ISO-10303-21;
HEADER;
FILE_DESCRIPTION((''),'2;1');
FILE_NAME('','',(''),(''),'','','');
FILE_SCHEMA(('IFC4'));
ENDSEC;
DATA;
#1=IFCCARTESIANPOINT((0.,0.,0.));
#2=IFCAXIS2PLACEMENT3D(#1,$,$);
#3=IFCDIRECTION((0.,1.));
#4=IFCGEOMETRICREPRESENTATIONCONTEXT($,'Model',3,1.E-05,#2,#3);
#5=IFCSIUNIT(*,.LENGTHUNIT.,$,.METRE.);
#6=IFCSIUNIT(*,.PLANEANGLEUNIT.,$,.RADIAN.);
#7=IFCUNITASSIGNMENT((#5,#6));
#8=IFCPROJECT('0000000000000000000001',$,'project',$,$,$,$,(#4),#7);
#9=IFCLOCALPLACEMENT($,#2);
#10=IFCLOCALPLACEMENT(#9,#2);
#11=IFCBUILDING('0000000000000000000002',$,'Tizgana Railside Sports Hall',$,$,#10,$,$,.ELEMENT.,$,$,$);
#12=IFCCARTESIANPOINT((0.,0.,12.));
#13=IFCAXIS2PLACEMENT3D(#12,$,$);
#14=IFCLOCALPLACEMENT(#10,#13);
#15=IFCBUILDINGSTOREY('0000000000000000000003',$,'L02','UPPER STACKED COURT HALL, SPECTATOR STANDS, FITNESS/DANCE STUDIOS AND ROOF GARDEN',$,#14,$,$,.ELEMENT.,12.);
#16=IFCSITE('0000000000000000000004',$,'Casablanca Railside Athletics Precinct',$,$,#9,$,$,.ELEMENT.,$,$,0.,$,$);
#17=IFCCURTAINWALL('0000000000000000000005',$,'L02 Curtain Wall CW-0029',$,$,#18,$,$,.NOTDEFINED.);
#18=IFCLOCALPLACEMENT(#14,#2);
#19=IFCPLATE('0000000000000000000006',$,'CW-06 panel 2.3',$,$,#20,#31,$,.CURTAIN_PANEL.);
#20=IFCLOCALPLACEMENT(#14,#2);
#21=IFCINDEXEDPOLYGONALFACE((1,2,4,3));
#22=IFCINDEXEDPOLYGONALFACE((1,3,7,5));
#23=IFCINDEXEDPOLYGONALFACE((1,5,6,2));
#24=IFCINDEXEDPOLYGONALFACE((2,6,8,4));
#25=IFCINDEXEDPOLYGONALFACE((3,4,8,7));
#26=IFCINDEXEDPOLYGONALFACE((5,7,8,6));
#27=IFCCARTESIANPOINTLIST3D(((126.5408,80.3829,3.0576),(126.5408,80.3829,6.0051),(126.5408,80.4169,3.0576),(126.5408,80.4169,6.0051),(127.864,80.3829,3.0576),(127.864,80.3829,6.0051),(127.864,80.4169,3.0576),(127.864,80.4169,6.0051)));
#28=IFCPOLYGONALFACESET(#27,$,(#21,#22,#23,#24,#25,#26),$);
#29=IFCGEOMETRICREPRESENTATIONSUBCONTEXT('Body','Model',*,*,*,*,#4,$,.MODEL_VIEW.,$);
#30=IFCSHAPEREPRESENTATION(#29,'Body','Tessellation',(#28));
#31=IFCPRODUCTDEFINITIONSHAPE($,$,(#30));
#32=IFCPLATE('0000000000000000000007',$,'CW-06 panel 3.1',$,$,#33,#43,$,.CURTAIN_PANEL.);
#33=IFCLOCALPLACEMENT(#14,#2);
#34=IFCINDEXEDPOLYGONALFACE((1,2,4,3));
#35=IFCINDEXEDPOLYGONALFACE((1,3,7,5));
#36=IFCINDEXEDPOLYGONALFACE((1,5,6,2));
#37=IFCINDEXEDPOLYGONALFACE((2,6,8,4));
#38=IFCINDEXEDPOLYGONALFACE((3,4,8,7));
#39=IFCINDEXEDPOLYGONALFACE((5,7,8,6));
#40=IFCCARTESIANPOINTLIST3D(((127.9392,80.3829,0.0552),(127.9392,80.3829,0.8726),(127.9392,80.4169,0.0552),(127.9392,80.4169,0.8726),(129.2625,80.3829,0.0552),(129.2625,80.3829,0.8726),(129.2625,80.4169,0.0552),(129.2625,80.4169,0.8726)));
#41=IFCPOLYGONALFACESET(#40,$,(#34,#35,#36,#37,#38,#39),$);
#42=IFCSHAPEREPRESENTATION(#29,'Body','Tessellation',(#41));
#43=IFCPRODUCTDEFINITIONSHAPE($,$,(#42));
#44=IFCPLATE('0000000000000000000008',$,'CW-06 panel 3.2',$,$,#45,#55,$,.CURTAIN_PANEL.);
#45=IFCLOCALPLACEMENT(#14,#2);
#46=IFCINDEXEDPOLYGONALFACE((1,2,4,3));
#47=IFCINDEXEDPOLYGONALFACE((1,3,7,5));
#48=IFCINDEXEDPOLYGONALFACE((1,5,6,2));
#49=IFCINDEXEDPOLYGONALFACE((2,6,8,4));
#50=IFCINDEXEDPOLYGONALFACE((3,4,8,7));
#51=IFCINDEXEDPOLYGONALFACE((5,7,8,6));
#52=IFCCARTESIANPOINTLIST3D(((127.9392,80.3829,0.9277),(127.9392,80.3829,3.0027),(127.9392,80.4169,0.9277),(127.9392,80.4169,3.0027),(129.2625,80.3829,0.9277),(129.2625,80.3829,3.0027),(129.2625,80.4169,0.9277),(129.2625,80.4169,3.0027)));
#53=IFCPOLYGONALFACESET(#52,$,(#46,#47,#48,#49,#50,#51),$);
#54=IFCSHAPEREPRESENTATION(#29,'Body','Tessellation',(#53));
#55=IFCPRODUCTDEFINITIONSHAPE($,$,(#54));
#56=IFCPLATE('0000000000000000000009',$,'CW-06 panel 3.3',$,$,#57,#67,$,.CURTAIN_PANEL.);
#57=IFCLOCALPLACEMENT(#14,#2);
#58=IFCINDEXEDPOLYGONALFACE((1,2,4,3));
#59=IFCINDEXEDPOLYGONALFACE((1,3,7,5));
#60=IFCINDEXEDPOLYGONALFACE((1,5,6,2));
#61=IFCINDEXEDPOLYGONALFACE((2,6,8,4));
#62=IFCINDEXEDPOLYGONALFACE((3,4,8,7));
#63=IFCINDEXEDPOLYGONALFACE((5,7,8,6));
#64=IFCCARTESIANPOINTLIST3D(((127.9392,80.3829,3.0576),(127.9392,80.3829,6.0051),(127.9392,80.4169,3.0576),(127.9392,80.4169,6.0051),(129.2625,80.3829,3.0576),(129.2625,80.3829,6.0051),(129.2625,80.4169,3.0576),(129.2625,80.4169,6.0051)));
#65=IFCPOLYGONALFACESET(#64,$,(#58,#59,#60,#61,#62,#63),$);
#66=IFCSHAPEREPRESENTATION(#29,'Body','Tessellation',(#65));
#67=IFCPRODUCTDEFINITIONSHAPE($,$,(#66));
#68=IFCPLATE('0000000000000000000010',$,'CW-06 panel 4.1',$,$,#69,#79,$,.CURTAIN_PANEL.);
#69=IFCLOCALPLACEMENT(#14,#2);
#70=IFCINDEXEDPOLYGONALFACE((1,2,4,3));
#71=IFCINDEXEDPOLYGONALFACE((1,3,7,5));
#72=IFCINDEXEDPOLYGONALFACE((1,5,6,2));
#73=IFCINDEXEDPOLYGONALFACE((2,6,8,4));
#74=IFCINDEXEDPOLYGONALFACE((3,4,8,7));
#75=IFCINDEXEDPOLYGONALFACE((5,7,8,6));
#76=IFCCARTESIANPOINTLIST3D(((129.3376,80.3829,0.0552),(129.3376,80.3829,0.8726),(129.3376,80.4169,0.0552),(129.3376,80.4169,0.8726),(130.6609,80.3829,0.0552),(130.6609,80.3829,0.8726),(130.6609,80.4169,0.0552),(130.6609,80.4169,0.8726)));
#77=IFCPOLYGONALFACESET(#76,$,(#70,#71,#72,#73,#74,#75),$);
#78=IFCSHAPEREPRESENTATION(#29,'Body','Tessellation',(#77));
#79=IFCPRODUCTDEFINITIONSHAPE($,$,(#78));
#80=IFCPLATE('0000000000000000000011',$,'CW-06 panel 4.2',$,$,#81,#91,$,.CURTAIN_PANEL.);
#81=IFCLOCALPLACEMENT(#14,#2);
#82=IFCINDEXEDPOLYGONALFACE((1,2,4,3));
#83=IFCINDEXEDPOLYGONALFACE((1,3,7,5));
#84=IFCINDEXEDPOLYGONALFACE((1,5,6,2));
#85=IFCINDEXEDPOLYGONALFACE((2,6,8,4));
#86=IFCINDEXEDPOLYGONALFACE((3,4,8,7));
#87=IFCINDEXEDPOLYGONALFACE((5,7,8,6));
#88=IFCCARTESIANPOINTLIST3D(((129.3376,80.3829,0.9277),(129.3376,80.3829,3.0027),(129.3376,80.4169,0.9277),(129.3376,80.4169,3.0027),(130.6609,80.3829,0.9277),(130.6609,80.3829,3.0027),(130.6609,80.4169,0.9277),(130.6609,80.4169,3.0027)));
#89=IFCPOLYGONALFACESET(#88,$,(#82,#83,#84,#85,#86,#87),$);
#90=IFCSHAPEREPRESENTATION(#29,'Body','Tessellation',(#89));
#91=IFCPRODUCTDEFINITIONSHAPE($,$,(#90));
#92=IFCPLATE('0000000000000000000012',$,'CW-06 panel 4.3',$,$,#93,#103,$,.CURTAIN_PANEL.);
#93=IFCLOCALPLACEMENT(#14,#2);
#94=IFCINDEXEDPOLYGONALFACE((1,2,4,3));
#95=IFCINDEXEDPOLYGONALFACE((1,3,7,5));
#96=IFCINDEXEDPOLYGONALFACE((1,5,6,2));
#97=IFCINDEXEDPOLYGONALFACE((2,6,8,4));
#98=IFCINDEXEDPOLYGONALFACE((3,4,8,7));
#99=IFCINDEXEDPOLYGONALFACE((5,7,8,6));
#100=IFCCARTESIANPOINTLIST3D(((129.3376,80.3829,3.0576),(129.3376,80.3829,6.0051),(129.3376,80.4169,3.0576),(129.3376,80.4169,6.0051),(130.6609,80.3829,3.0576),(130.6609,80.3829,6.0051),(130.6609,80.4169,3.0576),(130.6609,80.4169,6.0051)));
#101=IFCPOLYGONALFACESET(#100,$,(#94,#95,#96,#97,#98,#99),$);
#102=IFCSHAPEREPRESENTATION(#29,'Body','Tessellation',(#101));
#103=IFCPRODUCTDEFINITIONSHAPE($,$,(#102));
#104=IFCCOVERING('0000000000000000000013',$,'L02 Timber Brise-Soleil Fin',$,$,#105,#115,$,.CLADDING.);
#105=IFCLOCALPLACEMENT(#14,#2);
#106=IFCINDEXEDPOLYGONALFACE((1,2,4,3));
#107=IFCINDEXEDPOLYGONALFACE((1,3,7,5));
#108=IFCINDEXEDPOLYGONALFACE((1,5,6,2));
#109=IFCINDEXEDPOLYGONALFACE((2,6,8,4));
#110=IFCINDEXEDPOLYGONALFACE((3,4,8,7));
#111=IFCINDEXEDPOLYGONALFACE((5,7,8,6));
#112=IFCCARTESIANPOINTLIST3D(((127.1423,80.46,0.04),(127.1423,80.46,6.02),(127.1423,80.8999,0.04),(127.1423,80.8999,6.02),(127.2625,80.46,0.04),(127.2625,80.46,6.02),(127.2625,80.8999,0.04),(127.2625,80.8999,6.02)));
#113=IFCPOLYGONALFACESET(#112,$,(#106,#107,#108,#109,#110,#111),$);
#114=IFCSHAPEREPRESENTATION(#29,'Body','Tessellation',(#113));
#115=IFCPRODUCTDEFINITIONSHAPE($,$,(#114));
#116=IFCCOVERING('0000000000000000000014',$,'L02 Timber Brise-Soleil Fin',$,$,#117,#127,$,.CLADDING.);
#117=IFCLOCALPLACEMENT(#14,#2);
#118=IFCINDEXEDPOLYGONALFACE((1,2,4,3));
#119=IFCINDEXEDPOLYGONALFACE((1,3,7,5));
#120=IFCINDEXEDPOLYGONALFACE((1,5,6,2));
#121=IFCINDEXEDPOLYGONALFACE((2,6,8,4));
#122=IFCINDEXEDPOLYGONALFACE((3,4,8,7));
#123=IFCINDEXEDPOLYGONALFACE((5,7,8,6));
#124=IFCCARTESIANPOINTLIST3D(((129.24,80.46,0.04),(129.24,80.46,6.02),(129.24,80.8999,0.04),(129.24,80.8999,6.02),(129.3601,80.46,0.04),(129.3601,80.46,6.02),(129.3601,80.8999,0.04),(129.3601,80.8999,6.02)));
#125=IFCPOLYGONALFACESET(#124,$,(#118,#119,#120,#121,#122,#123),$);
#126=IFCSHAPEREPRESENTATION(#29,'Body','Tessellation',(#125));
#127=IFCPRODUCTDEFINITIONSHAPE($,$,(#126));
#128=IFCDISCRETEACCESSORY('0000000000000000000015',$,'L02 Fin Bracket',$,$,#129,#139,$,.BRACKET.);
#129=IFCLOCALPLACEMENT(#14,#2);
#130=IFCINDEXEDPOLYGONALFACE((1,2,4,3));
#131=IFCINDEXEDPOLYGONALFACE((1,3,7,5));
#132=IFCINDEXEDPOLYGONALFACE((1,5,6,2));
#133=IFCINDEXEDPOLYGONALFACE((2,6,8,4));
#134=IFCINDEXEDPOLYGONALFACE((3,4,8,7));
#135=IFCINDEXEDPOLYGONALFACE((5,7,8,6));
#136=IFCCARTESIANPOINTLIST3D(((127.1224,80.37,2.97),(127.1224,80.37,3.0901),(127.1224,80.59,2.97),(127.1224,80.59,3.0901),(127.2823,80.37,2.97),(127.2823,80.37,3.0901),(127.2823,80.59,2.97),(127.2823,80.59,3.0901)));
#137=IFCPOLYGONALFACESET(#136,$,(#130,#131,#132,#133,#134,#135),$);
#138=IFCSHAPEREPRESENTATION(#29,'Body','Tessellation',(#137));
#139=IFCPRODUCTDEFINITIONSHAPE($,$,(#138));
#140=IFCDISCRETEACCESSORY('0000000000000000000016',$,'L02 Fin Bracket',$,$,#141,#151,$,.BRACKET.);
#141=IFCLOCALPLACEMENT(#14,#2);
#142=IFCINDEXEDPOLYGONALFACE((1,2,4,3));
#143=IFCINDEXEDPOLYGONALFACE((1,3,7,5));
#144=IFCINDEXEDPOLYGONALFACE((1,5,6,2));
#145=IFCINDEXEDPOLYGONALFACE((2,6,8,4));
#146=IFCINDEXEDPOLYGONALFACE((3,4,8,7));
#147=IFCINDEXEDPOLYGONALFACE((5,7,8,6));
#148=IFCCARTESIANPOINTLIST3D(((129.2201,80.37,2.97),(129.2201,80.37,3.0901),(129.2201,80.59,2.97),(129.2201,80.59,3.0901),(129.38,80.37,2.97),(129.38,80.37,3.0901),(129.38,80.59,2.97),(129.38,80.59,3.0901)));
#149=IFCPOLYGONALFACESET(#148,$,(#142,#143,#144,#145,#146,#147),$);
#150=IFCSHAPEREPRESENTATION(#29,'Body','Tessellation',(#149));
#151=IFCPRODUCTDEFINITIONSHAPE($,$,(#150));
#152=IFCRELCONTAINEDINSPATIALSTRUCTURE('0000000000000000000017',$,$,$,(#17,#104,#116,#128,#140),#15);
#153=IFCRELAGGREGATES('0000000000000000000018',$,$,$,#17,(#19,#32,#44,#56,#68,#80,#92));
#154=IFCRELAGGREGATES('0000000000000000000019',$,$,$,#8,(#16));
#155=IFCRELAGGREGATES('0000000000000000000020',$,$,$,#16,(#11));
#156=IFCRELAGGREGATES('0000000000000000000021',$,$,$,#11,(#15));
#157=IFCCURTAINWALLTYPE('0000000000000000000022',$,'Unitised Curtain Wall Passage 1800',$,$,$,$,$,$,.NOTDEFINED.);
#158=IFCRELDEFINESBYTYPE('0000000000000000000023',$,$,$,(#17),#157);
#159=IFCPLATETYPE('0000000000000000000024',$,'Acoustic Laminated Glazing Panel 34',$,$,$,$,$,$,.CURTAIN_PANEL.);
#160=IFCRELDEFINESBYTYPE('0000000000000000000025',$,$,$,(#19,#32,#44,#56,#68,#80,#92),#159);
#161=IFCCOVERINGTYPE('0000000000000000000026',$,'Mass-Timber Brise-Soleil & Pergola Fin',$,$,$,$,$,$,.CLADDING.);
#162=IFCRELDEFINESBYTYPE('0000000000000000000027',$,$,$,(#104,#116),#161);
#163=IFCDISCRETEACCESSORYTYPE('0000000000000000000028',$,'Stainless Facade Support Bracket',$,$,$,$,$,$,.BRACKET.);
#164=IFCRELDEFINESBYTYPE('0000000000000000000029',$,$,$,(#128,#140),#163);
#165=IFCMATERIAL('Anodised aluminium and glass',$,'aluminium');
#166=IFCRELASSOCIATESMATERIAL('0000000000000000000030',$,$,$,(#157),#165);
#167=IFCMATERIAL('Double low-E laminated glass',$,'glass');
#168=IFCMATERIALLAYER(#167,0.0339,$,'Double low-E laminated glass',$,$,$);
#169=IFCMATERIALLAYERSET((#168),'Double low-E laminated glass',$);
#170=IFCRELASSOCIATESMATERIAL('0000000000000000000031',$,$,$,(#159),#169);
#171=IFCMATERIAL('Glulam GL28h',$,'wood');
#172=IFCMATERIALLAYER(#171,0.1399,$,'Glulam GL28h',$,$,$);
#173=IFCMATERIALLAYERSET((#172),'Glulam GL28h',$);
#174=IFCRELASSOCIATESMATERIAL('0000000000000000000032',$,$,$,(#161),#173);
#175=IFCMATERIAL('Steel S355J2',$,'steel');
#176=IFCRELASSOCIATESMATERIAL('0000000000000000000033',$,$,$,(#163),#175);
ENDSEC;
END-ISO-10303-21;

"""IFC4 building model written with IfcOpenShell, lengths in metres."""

from ifc_helpers import new_model, si_unit, direction, frame, origin, origin_2d, place, context, subcontext, project, spatial, rectangle, extrude, material, layer, layer_set, type_object, element, aggregate, save


model = new_model("IFC4")

# Units and contexts
model_context = context("Model", 3, precision=1e-05, world=origin(), true_north=direction((0.0, 1.0)))
body_context = subcontext(model_context, "Body", "Model", "MODEL_VIEW")
ifc_project = project(units=[si_unit("LENGTHUNIT", "METRE"), si_unit("PLANEANGLEUNIT", "RADIAN")], contexts=[model_context])

# Site, building, storey
site_placement = place(None, origin())
site = spatial("IfcSite", under=ifc_project, at=site_placement, Name="Casablanca Railside Athletics Precinct", CompositionType="ELEMENT", RefElevation=0.0)
building_placement = place(site_placement, origin())
building = spatial("IfcBuilding", under=site, at=building_placement, Name="Tizgana Railside Sports Hall", CompositionType="ELEMENT")
storey_placement = place(building_placement, frame((0.0, 0.0, 12.0)))
storey = spatial("IfcBuildingStorey", under=building, at=storey_placement, Name="L02", Description="UPPER STACKED COURT HALL, SPECTATOR STANDS, FITNESS/DANCE STUDIOS AND ROOF GARDEN", CompositionType="ELEMENT", Elevation=12.0)

# Curtain wall, plates
ifc_material_1 = material(Name="Anodised aluminium and glass", Category="aluminium")
curtain_wall_type = type_object("IfcCurtainWallType", Name="Unitised Curtain Wall Passage 1800", PredefinedType="NOTDEFINED", material=ifc_material_1)
curtain_wall_placement = place(storey_placement, origin())
curtain_wall = element("IfcCurtainWall", 1, at=curtain_wall_placement, inside=storey, type_object=curtain_wall_type, Name="L02 Curtain Wall CW-0029", PredefinedType="NOTDEFINED")
ifc_material_2 = material(Name="Double low-E laminated glass", Category="glass")
ifc_layer_1 = layer(ifc_material_2, 0.0339, Name="Double low-E laminated glass")
ifc_layer_set_1 = layer_set([ifc_layer_1], Name="Double low-E laminated glass")
plate_type = type_object("IfcPlateType", Name="Acoustic Laminated Glazing Panel 34", PredefinedType="CURTAIN_PANEL", material=ifc_layer_set_1)
plate_1_placement = place(storey_placement, frame((127.2024, 80.3999, 3.0576), z_axis=(0.0, 0.0, 1.0), x_axis=(1.0, 0.0, 0.0)))
plate_1 = element("IfcPlate", 2, at=plate_1_placement, type_object=plate_type, Name="CW-06 panel 2.3", PredefinedType="CURTAIN_PANEL", context=body_context, shape_type="SweptSolid", body=[
    extrude(rectangle(XDim=1.3232, YDim=0.0339, at=origin_2d()), origin(), (0.0, 0.0, 1.0), 2.9475),
])
plate_2_placement = place(storey_placement, frame((128.6008, 80.3999, 0.0552), z_axis=(0.0, 0.0, 1.0), x_axis=(1.0, 0.0, 0.0)))
plate_2 = element("IfcPlate", 3, at=plate_2_placement, type_object=plate_type, Name="CW-06 panel 3.1", PredefinedType="CURTAIN_PANEL", context=body_context, shape_type="SweptSolid", body=[
    extrude(rectangle(XDim=1.3232, YDim=0.0339, at=origin_2d()), origin(), (0.0, 0.0, 1.0), 0.8174),
])
plate_3_placement = place(storey_placement, frame((128.6008, 80.3999, 0.9277), z_axis=(0.0, 0.0, 1.0), x_axis=(1.0, 0.0, 0.0)))
plate_3 = element("IfcPlate", 4, at=plate_3_placement, type_object=plate_type, Name="CW-06 panel 3.2", PredefinedType="CURTAIN_PANEL", context=body_context, shape_type="SweptSolid", body=[
    extrude(rectangle(XDim=1.3232, YDim=0.0339, at=origin_2d()), origin(), (0.0, 0.0, 1.0), 2.075),
])
plate_4_placement = place(storey_placement, frame((128.6008, 80.3999, 3.0576), z_axis=(0.0, 0.0, 1.0), x_axis=(1.0, 0.0, 0.0)))
plate_4 = element("IfcPlate", 5, at=plate_4_placement, type_object=plate_type, Name="CW-06 panel 3.3", PredefinedType="CURTAIN_PANEL", context=body_context, shape_type="SweptSolid", body=[
    extrude(rectangle(XDim=1.3232, YDim=0.0339, at=origin_2d()), origin(), (0.0, 0.0, 1.0), 2.9475),
])
plate_5_placement = place(storey_placement, frame((129.9993, 80.3999, 0.0552), z_axis=(0.0, 0.0, 1.0), x_axis=(1.0, 0.0, 0.0)))
plate_5 = element("IfcPlate", 6, at=plate_5_placement, type_object=plate_type, Name="CW-06 panel 4.1", PredefinedType="CURTAIN_PANEL", context=body_context, shape_type="SweptSolid", body=[
    extrude(rectangle(XDim=1.3232, YDim=0.0339, at=origin_2d()), origin(), (0.0, 0.0, 1.0), 0.8174),
])
plate_6_placement = place(storey_placement, frame((129.9993, 80.3999, 0.9277), z_axis=(0.0, 0.0, 1.0), x_axis=(1.0, 0.0, 0.0)))
plate_6 = element("IfcPlate", 7, at=plate_6_placement, type_object=plate_type, Name="CW-06 panel 4.2", PredefinedType="CURTAIN_PANEL", context=body_context, shape_type="SweptSolid", body=[
    extrude(rectangle(XDim=1.3232, YDim=0.0339, at=origin_2d()), origin(), (0.0, 0.0, 1.0), 2.075),
])
plate_7_placement = place(storey_placement, frame((129.9993, 80.3999, 3.0576), z_axis=(0.0, 0.0, 1.0), x_axis=(1.0, 0.0, 0.0)))
plate_7 = element("IfcPlate", 8, at=plate_7_placement, type_object=plate_type, Name="CW-06 panel 4.3", PredefinedType="CURTAIN_PANEL", context=body_context, shape_type="SweptSolid", body=[
    extrude(rectangle(XDim=1.3232, YDim=0.0339, at=origin_2d()), origin(), (0.0, 0.0, 1.0), 2.9475),
])
aggregate(curtain_wall, [plate_1, plate_2, plate_3, plate_4, plate_5, plate_6, plate_7])

# Coverings
ifc_material_3 = material(Name="Glulam GL28h", Category="wood")
ifc_layer_2 = layer(ifc_material_3, 0.1399, Name="Glulam GL28h")
ifc_layer_set_2 = layer_set([ifc_layer_2], Name="Glulam GL28h")
covering_type = type_object("IfcCoveringType", Name="Mass-Timber Brise-Soleil & Pergola Fin", PredefinedType="CLADDING", material=ifc_layer_set_2)
for number, where, z_axis, x_axis, name in (
    (9, (127.2024, 80.6799, 0.04), (0.0, 0.0, 1.0), (1.0, 0.0, 0.0), "L02 Timber Brise-Soleil Fin"),
    (10, (129.3, 80.6799, 0.04), (0.0, 0.0, 1.0), (1.0, 0.0, 0.0), "L02 Timber Brise-Soleil Fin"),
):
    element("IfcCovering", number, at=place(storey_placement, frame(where, z_axis=z_axis, x_axis=x_axis)), inside=storey, type_object=covering_type, Name=name, PredefinedType="CLADDING", context=body_context, shape_type="SweptSolid", body=[
        extrude(rectangle(XDim=0.1201, YDim=0.4399, at=origin_2d()), origin(), (0.0, 0.0, 1.0), 5.98),
    ])

# Discrete accessories
ifc_material_4 = material(Name="Steel S355J2", Category="steel")
discrete_accessory_type = type_object("IfcDiscreteAccessoryType", Name="Stainless Facade Support Bracket", PredefinedType="BRACKET", material=ifc_material_4)
for number, where, z_axis, x_axis, name in (
    (11, (127.2024, 80.48, 2.97), (0.0, 0.0, 1.0), (1.0, 0.0, 0.0), "L02 Fin Bracket"),
    (12, (129.3, 80.48, 2.97), (0.0, 0.0, 1.0), (1.0, 0.0, 0.0), "L02 Fin Bracket"),
):
    element("IfcDiscreteAccessory", number, at=place(storey_placement, frame(where, z_axis=z_axis, x_axis=x_axis)), inside=storey, type_object=discrete_accessory_type, Name=name, PredefinedType="BRACKET", context=body_context, shape_type="SweptSolid", body=[
        extrude(rectangle(XDim=0.1599, YDim=0.22, at=origin_2d()), origin(), (0.0, 0.0, 1.0), 0.1201),
    ])

save(model, "model.ifc")
